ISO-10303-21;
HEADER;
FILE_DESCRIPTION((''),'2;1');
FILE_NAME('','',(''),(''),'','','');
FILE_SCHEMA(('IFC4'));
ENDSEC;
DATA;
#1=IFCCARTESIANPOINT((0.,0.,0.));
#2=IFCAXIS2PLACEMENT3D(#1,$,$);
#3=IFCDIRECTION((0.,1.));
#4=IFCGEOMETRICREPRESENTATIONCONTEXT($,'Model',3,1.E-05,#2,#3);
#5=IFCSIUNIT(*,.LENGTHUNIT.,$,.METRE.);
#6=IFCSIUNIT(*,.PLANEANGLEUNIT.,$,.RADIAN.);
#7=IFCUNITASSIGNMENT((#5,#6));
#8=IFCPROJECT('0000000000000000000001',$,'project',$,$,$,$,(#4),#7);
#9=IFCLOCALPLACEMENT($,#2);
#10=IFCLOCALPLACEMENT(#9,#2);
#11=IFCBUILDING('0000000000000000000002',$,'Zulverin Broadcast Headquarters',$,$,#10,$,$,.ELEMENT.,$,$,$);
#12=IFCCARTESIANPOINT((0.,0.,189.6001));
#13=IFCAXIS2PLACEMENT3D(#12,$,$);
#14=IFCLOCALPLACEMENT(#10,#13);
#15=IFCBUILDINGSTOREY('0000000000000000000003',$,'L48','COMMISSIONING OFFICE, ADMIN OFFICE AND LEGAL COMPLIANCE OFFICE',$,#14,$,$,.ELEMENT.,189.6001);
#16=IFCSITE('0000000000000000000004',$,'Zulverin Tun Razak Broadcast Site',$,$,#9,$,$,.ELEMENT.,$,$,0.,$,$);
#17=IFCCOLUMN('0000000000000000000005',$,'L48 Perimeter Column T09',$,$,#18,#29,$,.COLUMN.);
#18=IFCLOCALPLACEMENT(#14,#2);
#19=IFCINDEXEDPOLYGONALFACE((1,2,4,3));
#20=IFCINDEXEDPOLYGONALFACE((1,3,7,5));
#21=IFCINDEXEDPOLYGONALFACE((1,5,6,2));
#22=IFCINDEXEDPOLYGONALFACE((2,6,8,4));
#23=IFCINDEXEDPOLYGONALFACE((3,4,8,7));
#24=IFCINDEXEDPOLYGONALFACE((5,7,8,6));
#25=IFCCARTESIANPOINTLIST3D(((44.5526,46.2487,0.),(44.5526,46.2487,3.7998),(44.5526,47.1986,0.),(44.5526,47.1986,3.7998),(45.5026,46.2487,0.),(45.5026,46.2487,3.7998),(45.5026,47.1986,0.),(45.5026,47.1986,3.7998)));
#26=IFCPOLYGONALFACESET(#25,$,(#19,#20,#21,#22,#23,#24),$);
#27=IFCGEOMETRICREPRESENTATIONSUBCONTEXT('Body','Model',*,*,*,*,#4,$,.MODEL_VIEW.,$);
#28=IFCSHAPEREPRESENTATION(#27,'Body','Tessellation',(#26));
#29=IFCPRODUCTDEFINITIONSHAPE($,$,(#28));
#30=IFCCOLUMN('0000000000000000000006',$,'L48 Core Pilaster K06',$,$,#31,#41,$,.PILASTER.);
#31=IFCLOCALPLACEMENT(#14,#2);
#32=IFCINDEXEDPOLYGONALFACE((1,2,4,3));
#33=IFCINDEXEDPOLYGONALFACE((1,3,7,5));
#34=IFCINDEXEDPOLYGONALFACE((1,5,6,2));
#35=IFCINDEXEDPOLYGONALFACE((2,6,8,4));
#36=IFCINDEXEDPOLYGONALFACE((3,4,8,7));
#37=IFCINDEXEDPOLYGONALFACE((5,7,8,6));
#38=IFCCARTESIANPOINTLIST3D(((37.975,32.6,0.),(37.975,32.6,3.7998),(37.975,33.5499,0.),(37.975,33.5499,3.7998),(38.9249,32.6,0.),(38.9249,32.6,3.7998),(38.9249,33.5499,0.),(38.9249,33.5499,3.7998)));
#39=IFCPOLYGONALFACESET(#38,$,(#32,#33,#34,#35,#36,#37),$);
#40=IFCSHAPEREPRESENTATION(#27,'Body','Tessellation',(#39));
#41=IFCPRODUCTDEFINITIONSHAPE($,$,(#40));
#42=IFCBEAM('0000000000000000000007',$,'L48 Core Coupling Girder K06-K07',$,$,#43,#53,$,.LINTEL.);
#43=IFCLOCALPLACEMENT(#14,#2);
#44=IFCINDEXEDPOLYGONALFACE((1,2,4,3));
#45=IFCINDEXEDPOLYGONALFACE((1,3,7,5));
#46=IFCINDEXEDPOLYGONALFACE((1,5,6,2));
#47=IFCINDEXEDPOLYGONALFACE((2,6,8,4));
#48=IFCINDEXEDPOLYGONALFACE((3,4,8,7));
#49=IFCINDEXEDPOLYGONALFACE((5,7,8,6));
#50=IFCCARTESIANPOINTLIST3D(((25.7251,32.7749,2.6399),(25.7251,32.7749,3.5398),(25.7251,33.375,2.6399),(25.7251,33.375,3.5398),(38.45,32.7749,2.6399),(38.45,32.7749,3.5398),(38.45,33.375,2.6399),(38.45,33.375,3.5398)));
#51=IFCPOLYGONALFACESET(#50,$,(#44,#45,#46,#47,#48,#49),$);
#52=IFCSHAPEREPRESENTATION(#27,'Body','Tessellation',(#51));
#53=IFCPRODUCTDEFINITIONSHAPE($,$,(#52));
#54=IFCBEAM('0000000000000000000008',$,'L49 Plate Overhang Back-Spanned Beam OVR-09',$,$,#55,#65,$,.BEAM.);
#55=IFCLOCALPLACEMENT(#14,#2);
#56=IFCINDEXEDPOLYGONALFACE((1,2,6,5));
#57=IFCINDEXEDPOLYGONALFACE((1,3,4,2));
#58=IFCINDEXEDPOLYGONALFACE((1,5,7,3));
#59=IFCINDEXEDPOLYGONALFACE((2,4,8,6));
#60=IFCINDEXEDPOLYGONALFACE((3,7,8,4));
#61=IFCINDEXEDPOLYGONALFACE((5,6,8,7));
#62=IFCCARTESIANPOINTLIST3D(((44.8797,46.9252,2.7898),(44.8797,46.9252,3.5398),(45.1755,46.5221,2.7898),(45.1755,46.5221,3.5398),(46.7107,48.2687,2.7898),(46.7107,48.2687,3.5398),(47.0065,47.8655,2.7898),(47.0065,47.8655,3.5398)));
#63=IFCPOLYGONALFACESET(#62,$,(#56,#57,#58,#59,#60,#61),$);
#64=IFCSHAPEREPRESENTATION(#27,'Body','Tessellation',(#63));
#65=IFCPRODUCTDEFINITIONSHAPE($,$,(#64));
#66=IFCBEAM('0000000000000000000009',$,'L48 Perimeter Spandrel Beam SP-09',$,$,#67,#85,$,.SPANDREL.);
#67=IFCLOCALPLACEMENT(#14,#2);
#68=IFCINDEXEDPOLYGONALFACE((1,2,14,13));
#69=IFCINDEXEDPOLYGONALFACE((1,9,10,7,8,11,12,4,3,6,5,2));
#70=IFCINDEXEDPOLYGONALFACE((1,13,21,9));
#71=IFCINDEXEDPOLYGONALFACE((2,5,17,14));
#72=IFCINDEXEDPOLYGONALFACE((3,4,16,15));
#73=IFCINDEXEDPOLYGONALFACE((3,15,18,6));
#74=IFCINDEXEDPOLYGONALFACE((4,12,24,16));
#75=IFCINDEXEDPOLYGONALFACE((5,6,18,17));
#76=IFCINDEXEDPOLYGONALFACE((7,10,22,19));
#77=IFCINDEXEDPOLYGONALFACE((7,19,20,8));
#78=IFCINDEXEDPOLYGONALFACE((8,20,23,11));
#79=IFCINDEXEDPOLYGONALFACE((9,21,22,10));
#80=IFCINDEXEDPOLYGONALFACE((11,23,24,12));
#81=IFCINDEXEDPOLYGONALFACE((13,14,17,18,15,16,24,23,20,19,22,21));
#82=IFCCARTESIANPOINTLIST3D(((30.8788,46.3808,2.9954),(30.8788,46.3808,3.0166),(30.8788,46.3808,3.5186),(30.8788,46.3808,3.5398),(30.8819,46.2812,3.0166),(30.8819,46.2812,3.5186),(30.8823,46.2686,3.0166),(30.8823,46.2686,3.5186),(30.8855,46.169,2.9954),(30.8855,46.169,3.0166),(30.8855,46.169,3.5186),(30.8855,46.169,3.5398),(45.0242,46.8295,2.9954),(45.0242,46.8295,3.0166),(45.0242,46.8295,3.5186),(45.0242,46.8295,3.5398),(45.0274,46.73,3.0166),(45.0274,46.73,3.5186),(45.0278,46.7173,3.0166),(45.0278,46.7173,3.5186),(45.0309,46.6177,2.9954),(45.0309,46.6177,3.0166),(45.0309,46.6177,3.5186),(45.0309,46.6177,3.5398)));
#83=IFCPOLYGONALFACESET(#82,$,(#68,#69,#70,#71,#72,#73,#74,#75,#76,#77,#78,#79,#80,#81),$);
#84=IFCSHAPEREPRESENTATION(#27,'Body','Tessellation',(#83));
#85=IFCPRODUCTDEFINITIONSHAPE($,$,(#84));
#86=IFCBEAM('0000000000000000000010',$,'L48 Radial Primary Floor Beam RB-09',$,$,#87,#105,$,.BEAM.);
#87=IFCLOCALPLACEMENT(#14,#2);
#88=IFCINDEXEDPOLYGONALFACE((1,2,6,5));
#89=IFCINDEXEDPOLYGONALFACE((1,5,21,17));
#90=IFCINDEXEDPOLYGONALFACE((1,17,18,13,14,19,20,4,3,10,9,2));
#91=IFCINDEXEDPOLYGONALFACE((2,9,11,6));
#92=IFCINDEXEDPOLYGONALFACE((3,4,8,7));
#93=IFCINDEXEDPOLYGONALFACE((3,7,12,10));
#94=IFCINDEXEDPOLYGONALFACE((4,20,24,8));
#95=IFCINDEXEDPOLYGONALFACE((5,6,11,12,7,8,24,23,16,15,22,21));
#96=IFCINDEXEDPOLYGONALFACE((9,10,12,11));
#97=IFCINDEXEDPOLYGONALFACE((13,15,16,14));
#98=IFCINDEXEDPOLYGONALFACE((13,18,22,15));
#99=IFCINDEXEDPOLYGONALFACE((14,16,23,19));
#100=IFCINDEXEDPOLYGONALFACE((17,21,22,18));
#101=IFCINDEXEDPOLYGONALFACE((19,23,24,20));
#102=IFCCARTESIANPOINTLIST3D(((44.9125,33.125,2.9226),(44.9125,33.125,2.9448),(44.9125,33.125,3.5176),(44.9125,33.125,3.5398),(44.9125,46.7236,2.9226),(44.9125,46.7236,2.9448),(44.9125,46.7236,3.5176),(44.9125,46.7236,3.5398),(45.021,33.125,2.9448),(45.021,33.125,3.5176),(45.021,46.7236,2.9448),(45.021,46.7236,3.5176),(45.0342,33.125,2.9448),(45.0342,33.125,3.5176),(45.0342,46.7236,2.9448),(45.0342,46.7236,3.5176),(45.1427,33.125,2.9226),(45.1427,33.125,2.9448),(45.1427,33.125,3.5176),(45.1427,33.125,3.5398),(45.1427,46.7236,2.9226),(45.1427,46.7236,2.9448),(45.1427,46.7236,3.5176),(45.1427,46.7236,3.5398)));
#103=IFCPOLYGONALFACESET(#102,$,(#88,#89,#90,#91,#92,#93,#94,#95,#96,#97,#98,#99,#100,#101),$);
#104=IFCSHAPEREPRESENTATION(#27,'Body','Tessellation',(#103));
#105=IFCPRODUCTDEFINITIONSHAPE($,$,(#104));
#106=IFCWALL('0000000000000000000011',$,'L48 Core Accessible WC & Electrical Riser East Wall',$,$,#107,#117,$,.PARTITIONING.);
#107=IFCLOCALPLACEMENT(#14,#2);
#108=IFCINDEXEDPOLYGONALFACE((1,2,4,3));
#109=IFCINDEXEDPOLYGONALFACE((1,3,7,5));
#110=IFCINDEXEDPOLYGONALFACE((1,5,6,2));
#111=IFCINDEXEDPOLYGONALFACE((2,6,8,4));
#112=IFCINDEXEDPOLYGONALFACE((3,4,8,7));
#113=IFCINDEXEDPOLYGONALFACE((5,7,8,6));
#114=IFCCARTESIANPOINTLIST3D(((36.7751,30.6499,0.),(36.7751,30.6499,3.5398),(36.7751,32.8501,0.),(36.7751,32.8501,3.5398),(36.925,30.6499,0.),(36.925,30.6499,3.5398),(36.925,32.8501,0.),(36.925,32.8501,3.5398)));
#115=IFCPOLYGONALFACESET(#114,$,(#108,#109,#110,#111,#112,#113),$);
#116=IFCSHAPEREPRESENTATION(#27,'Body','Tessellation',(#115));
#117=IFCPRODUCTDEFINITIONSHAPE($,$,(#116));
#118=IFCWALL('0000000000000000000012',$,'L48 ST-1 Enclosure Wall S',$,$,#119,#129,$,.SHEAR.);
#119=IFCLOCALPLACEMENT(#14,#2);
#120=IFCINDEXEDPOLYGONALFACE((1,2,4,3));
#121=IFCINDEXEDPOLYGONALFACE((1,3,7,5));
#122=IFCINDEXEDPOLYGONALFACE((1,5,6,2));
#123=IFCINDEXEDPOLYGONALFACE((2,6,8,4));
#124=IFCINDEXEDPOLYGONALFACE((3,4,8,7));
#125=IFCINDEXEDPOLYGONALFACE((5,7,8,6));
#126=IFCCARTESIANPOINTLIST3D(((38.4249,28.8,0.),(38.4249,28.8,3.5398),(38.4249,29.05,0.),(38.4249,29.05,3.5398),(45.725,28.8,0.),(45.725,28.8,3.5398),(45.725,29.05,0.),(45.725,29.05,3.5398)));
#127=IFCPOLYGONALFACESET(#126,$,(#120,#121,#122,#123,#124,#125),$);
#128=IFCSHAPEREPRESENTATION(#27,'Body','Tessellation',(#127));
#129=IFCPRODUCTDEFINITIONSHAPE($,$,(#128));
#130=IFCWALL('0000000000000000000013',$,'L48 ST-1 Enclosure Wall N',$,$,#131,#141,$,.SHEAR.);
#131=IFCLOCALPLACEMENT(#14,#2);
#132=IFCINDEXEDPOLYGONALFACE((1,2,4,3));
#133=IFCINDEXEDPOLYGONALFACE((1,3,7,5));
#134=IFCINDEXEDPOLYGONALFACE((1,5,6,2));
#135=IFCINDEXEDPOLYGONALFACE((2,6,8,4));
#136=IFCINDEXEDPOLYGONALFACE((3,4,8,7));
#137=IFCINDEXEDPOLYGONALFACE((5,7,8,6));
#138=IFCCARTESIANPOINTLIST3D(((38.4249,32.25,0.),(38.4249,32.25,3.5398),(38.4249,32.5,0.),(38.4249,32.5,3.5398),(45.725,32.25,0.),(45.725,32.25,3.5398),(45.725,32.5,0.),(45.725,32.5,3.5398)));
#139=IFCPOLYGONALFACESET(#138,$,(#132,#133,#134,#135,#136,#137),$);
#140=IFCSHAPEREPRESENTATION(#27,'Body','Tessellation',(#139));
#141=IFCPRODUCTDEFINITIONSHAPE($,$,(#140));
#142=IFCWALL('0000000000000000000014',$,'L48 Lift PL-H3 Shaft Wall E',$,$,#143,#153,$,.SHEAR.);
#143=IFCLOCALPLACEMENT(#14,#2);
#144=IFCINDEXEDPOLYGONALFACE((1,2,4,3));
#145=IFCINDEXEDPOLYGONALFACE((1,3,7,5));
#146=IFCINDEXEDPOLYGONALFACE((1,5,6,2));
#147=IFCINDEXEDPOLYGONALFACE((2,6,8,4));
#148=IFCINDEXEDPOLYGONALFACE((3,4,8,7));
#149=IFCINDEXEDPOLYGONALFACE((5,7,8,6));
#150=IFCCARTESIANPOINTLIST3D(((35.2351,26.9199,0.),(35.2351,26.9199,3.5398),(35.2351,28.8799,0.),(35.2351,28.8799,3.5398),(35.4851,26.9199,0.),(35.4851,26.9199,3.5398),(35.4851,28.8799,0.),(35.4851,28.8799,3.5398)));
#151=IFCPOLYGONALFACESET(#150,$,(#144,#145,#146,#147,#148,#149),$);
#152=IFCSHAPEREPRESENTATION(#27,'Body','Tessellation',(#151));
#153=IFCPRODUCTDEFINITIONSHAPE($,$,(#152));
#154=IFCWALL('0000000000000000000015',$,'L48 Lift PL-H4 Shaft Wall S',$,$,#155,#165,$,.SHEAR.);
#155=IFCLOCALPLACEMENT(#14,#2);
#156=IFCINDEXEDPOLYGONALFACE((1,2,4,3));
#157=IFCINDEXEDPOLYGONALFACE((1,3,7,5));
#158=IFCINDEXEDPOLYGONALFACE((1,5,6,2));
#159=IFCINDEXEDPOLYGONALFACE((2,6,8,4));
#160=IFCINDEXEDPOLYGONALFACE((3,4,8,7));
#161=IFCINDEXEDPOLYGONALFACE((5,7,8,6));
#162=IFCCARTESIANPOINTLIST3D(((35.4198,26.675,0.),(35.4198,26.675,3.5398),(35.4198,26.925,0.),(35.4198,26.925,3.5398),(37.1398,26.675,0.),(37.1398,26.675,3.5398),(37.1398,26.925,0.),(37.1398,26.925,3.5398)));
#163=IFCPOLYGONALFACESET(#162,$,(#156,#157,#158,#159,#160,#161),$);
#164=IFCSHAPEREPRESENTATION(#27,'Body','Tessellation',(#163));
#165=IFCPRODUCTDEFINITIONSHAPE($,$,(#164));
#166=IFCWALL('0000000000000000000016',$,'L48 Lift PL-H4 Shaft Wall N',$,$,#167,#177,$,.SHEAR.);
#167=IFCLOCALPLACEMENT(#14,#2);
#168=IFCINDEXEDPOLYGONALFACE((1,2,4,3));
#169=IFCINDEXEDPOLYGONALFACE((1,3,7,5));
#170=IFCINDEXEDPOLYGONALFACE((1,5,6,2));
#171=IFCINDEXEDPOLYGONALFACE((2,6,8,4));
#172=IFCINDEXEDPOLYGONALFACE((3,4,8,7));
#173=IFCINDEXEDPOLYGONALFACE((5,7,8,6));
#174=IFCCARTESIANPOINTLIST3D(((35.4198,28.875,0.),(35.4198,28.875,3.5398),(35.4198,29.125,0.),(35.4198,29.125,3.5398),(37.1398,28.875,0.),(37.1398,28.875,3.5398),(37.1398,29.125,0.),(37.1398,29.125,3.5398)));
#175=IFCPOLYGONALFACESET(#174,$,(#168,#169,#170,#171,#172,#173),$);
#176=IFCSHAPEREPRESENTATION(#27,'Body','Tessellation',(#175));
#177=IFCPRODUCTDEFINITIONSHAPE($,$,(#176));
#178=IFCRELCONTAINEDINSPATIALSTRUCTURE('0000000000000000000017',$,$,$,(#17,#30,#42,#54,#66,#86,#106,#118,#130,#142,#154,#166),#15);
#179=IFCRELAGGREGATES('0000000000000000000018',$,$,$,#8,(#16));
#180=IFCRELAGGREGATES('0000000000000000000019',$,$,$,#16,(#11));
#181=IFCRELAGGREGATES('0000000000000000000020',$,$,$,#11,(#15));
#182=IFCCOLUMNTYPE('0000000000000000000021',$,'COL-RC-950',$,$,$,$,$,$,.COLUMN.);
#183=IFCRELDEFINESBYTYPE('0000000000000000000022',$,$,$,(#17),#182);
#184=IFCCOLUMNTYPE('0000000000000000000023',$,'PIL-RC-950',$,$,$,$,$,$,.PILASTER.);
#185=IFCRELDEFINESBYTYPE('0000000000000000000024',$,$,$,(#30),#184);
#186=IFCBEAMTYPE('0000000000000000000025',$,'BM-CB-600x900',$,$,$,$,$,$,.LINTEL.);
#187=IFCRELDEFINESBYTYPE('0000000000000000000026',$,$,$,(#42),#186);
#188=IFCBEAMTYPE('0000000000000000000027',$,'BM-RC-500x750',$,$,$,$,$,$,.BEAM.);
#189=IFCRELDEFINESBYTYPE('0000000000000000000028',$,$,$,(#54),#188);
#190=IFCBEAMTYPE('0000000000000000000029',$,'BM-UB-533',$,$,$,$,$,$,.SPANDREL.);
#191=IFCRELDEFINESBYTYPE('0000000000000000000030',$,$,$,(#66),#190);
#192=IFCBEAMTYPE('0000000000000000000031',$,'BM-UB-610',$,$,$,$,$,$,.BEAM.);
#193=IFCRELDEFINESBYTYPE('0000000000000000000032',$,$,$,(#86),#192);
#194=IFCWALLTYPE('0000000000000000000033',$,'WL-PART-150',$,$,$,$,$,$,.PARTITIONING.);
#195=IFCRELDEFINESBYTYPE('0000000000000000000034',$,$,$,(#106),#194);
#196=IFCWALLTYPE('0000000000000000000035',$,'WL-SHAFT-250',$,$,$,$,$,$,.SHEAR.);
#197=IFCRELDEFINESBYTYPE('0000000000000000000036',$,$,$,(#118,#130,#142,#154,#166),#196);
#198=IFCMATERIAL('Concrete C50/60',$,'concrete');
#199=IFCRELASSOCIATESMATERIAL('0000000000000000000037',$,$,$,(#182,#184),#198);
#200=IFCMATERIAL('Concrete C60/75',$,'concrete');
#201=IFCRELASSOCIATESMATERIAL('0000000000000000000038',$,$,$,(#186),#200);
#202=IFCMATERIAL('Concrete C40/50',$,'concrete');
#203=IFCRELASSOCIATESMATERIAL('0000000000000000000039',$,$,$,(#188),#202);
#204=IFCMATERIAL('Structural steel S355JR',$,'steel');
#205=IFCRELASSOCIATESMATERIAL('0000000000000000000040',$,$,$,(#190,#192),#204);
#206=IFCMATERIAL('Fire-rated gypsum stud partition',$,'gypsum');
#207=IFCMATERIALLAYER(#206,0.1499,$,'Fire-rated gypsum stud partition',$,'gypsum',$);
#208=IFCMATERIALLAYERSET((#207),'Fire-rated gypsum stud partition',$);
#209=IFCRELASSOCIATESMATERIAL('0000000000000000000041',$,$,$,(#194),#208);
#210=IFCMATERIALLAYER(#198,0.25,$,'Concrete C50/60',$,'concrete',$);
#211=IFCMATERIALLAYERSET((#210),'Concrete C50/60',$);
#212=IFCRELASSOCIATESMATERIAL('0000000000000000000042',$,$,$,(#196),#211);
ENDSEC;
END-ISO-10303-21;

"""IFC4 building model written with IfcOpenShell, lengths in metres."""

from ifc_helpers import new_model, si_unit, direction, frame, frame_2d, origin, origin_2d, place, context, subcontext, project, spatial, rectangle, i_section, extrude, material, layer, layer_set, material_profile, profile_set, type_object, element, save


model = new_model("IFC4")

# Units and contexts
model_context = context("Model", 3, precision=1e-05, world=origin(), true_north=direction((0.0, 1.0)))
body_context = subcontext(model_context, "Body", "Model", "MODEL_VIEW")
ifc_project = project(units=[si_unit("LENGTHUNIT", "METRE"), si_unit("PLANEANGLEUNIT", "RADIAN")], contexts=[model_context])

# Site, building, storey
site_placement = place(None, origin())
site = spatial("IfcSite", under=ifc_project, at=site_placement, Name="Zulverin Tun Razak Broadcast Site", CompositionType="ELEMENT", RefElevation=0.0)
building_placement = place(site_placement, origin())
building = spatial("IfcBuilding", under=site, at=building_placement, Name="Zulverin Broadcast Headquarters", CompositionType="ELEMENT")
storey_placement = place(building_placement, frame((0.0, 0.0, 189.6001)))
storey = spatial("IfcBuildingStorey", under=building, at=storey_placement, Name="L48", Description="COMMISSIONING OFFICE, ADMIN OFFICE AND LEGAL COMPLIANCE OFFICE", CompositionType="ELEMENT", Elevation=189.6001)

# Columns
ifc_material_1 = material(Name="Concrete C50/60", Category="concrete")
ifc_material_profile_1 = material_profile(ifc_material_1, rectangle(XDim=0.95, YDim=0.95, at=origin_2d()), Name="Concrete C50/60", Category="concrete")
ifc_profile_set_1 = profile_set([ifc_material_profile_1], Name="Concrete C50/60")
column_type_1 = type_object("IfcColumnType", Name="COL-RC-950", PredefinedType="COLUMN", material=ifc_profile_set_1)
column_1_placement = place(storey_placement, frame((45.0276, 46.7236, 0.0), z_axis=(0.0, 0.0, 1.0), x_axis=(1.0, 0.0, 0.0)))
element("IfcColumn", 1, at=column_1_placement, inside=storey, type_object=column_type_1, Name="L48 Perimeter Column T09", PredefinedType="COLUMN", context=body_context, shape_type="SweptSolid", body=[
    extrude(rectangle(XDim=0.95, YDim=0.95, at=origin_2d()), origin(), (0.0, 0.0, 1.0), 3.7998),
])
ifc_material_profile_2 = material_profile(ifc_material_1, rectangle(XDim=0.95, YDim=0.95, at=origin_2d()), Name="Concrete C50/60", Category="concrete")
ifc_profile_set_2 = profile_set([ifc_material_profile_2], Name="Concrete C50/60")
column_type_2 = type_object("IfcColumnType", Name="PIL-RC-950", PredefinedType="PILASTER", material=ifc_profile_set_2)
column_2_placement = place(storey_placement, frame((38.45, 33.075, 0.0), z_axis=(0.0, 0.0, 1.0), x_axis=(1.0, 0.0, 0.0)))
element("IfcColumn", 2, at=column_2_placement, inside=storey, type_object=column_type_2, Name="L48 Core Pilaster K06", PredefinedType="PILASTER", context=body_context, shape_type="SweptSolid", body=[
    extrude(rectangle(XDim=0.95, YDim=0.95, at=origin_2d()), origin(), (0.0, 0.0, 1.0), 3.7998),
])

# Beams
ifc_material_2 = material(Name="Concrete C60/75", Category="concrete")
ifc_material_profile_3 = material_profile(ifc_material_2, rectangle(XDim=0.6001, YDim=0.8999, at=origin_2d()), Name="Concrete C60/75", Category="concrete")
ifc_profile_set_3 = profile_set([ifc_material_profile_3], Name="Concrete C60/75")
beam_type_1 = type_object("IfcBeamType", Name="BM-CB-600x900", PredefinedType="LINTEL", material=ifc_profile_set_3)
beam_1_placement = place(storey_placement, frame((38.45, 33.075, 3.0898), z_axis=(-1.0, 0.0, 0.0), x_axis=(0.0, -1.0, 0.0)))
element("IfcBeam", 3, at=beam_1_placement, inside=storey, type_object=beam_type_1, Name="L48 Core Coupling Girder K06-K07", PredefinedType="LINTEL", context=body_context, shape_type="SweptSolid", body=[
    extrude(rectangle(XDim=0.6001, YDim=0.8999, at=origin_2d()), origin(), (0.0, 0.0, 1.0), 12.7249),
])
ifc_material_3 = material(Name="Concrete C40/50", Category="concrete")
ifc_material_profile_4 = material_profile(ifc_material_3, rectangle(XDim=0.5, YDim=0.75, at=origin_2d()), Name="Concrete C40/50", Category="concrete")
ifc_profile_set_4 = profile_set([ifc_material_profile_4], Name="Concrete C40/50")
beam_type_2 = type_object("IfcBeamType", Name="BM-RC-500x750", PredefinedType="BEAM", material=ifc_profile_set_4)
beam_2_placement = place(storey_placement, frame((45.0276, 46.7236, 3.1648), z_axis=(0.806251, 0.591573, 0.0), x_axis=(-0.591573, 0.806251, 0.0)))
element("IfcBeam", 4, at=beam_2_placement, inside=storey, type_object=beam_type_2, Name="L49 Plate Overhang Back-Spanned Beam OVR-09", PredefinedType="BEAM", context=body_context, shape_type="SweptSolid", body=[
    extrude(rectangle(XDim=0.5, YDim=0.75, at=origin_2d()), origin(), (0.0, 0.0, 1.0), 2.271),
])
ifc_material_4 = material(Name="Structural steel S355JR", Category="steel")
ifc_material_profile_5 = material_profile(ifc_material_4, i_section(OverallWidth=0.2119, OverallDepth=0.5444, WebThickness=0.0127, FlangeThickness=0.0212, at=origin_2d()), Name="Structural steel S355JR", Category="steel")
ifc_profile_set_5 = profile_set([ifc_material_profile_5], Name="Structural steel S355JR")
beam_type_3 = type_object("IfcBeamType", Name="BM-UB-533", PredefinedType="SPANDREL", material=ifc_profile_set_5)
beam_3_placement = place(storey_placement, frame((45.0276, 46.7236, 3.2676), z_axis=(-0.999497, -0.031707, 0.0), x_axis=(0.031707, -0.999497, 0.0)))
element("IfcBeam", 5, at=beam_3_placement, inside=storey, type_object=beam_type_3, Name="L48 Perimeter Spandrel Beam SP-09", PredefinedType="SPANDREL", context=body_context, shape_type="SweptSolid", body=[
    extrude(i_section(OverallWidth=0.2119, OverallDepth=0.5444, WebThickness=0.0127, FlangeThickness=0.0212, at=origin_2d()), origin(), (0.0, 0.0, 1.0), 14.1526),
])
ifc_material_profile_6 = material_profile(ifc_material_4, i_section(OverallWidth=0.2302, OverallDepth=0.6172, WebThickness=0.0132, FlangeThickness=0.0222, at=origin_2d()), Name="Structural steel S355JR", Category="steel")
ifc_profile_set_6 = profile_set([ifc_material_profile_6], Name="Structural steel S355JR")
beam_type_4 = type_object("IfcBeamType", Name="BM-UB-610", PredefinedType="BEAM", material=ifc_profile_set_6)
beam_4_placement = place(storey_placement, frame((45.0276, 33.125, 3.2312), z_axis=(0.0, 1.0, 0.0), x_axis=(-1.0, 0.0, 0.0)))
element("IfcBeam", 6, at=beam_4_placement, inside=storey, type_object=beam_type_4, Name="L48 Radial Primary Floor Beam RB-09", PredefinedType="BEAM", context=body_context, shape_type="SweptSolid", body=[
    extrude(i_section(OverallWidth=0.2302, OverallDepth=0.6172, WebThickness=0.0132, FlangeThickness=0.0222, at=origin_2d()), origin(), (0.0, 0.0, 1.0), 13.5986),
])

# Walls
ifc_material_5 = material(Name="Fire-rated gypsum stud partition", Category="gypsum")
ifc_layer_1 = layer(ifc_material_5, 0.1499, Name="Fire-rated gypsum stud partition", Category="gypsum")
ifc_layer_set_1 = layer_set([ifc_layer_1], Name="Fire-rated gypsum stud partition")
wall_type_1 = type_object("IfcWallType", Name="WL-PART-150", PredefinedType="PARTITIONING", material=ifc_layer_set_1)
wall_1_placement = place(storey_placement, frame((36.8501, 30.6499, 0.0), z_axis=(0.0, 0.0, 1.0), x_axis=(0.0, 1.0, 0.0)))
element("IfcWall", 7, at=wall_1_placement, inside=storey, type_object=wall_type_1, Name="L48 Core Accessible WC & Electrical Riser East Wall", PredefinedType="PARTITIONING", context=body_context, shape_type="SweptSolid", body=[
    extrude(rectangle(XDim=2.2002, YDim=0.1499, at=frame_2d((1.1001, 0.0))), origin(), (0.0, 0.0, 1.0), 3.5398),
])
ifc_layer_2 = layer(ifc_material_1, 0.25, Name="Concrete C50/60", Category="concrete")
ifc_layer_set_2 = layer_set([ifc_layer_2], Name="Concrete C50/60")
wall_type_2 = type_object("IfcWallType", Name="WL-SHAFT-250", PredefinedType="SHEAR", material=ifc_layer_set_2)
for number, where, z_axis, x_axis, name in (
    (8, (38.425, 28.925, 0.0), (0.0, 0.0, 1.0), (1.0, 0.0, 0.0), "L48 ST-1 Enclosure Wall S"),
    (9, (38.425, 32.375, 0.0), (0.0, 0.0, 1.0), (1.0, 0.0, 0.0), "L48 ST-1 Enclosure Wall N"),
):
    element("IfcWall", number, at=place(storey_placement, frame(where, z_axis=z_axis, x_axis=x_axis)), inside=storey, type_object=wall_type_2, Name=name, PredefinedType="SHEAR", context=body_context, shape_type="SweptSolid", body=[
        extrude(rectangle(XDim=7.3, YDim=0.25, at=frame_2d((3.6499, 0.0))), origin(), (0.0, 0.0, 1.0), 3.5398),
    ])

# Walls
wall_2_placement = place(storey_placement, frame((35.3601, 26.9199, 0.0), z_axis=(0.0, 0.0, 1.0), x_axis=(0.0, 1.0, 0.0)))
element("IfcWall", 10, at=wall_2_placement, inside=storey, type_object=wall_type_2, Name="L48 Lift PL-H3 Shaft Wall E", PredefinedType="SHEAR", context=body_context, shape_type="SweptSolid", body=[
    extrude(rectangle(XDim=1.96, YDim=0.25, at=frame_2d((0.98, 0.0))), origin(), (0.0, 0.0, 1.0), 3.5398),
])
for number, where, z_axis, x_axis, name in (
    (11, (35.4199, 26.8, 0.0), (0.0, 0.0, 1.0), (1.0, 0.0, 0.0), "L48 Lift PL-H4 Shaft Wall S"),
    (12, (35.4199, 29.0, 0.0), (0.0, 0.0, 1.0), (1.0, 0.0, 0.0), "L48 Lift PL-H4 Shaft Wall N"),
):
    element("IfcWall", number, at=place(storey_placement, frame(where, z_axis=z_axis, x_axis=x_axis)), inside=storey, type_object=wall_type_2, Name=name, PredefinedType="SHEAR", context=body_context, shape_type="SweptSolid", body=[
        extrude(rectangle(XDim=1.72, YDim=0.25, at=frame_2d((0.8599, 0.0))), origin(), (0.0, 0.0, 1.0), 3.5398),
    ])

save(model, "model.ifc")
